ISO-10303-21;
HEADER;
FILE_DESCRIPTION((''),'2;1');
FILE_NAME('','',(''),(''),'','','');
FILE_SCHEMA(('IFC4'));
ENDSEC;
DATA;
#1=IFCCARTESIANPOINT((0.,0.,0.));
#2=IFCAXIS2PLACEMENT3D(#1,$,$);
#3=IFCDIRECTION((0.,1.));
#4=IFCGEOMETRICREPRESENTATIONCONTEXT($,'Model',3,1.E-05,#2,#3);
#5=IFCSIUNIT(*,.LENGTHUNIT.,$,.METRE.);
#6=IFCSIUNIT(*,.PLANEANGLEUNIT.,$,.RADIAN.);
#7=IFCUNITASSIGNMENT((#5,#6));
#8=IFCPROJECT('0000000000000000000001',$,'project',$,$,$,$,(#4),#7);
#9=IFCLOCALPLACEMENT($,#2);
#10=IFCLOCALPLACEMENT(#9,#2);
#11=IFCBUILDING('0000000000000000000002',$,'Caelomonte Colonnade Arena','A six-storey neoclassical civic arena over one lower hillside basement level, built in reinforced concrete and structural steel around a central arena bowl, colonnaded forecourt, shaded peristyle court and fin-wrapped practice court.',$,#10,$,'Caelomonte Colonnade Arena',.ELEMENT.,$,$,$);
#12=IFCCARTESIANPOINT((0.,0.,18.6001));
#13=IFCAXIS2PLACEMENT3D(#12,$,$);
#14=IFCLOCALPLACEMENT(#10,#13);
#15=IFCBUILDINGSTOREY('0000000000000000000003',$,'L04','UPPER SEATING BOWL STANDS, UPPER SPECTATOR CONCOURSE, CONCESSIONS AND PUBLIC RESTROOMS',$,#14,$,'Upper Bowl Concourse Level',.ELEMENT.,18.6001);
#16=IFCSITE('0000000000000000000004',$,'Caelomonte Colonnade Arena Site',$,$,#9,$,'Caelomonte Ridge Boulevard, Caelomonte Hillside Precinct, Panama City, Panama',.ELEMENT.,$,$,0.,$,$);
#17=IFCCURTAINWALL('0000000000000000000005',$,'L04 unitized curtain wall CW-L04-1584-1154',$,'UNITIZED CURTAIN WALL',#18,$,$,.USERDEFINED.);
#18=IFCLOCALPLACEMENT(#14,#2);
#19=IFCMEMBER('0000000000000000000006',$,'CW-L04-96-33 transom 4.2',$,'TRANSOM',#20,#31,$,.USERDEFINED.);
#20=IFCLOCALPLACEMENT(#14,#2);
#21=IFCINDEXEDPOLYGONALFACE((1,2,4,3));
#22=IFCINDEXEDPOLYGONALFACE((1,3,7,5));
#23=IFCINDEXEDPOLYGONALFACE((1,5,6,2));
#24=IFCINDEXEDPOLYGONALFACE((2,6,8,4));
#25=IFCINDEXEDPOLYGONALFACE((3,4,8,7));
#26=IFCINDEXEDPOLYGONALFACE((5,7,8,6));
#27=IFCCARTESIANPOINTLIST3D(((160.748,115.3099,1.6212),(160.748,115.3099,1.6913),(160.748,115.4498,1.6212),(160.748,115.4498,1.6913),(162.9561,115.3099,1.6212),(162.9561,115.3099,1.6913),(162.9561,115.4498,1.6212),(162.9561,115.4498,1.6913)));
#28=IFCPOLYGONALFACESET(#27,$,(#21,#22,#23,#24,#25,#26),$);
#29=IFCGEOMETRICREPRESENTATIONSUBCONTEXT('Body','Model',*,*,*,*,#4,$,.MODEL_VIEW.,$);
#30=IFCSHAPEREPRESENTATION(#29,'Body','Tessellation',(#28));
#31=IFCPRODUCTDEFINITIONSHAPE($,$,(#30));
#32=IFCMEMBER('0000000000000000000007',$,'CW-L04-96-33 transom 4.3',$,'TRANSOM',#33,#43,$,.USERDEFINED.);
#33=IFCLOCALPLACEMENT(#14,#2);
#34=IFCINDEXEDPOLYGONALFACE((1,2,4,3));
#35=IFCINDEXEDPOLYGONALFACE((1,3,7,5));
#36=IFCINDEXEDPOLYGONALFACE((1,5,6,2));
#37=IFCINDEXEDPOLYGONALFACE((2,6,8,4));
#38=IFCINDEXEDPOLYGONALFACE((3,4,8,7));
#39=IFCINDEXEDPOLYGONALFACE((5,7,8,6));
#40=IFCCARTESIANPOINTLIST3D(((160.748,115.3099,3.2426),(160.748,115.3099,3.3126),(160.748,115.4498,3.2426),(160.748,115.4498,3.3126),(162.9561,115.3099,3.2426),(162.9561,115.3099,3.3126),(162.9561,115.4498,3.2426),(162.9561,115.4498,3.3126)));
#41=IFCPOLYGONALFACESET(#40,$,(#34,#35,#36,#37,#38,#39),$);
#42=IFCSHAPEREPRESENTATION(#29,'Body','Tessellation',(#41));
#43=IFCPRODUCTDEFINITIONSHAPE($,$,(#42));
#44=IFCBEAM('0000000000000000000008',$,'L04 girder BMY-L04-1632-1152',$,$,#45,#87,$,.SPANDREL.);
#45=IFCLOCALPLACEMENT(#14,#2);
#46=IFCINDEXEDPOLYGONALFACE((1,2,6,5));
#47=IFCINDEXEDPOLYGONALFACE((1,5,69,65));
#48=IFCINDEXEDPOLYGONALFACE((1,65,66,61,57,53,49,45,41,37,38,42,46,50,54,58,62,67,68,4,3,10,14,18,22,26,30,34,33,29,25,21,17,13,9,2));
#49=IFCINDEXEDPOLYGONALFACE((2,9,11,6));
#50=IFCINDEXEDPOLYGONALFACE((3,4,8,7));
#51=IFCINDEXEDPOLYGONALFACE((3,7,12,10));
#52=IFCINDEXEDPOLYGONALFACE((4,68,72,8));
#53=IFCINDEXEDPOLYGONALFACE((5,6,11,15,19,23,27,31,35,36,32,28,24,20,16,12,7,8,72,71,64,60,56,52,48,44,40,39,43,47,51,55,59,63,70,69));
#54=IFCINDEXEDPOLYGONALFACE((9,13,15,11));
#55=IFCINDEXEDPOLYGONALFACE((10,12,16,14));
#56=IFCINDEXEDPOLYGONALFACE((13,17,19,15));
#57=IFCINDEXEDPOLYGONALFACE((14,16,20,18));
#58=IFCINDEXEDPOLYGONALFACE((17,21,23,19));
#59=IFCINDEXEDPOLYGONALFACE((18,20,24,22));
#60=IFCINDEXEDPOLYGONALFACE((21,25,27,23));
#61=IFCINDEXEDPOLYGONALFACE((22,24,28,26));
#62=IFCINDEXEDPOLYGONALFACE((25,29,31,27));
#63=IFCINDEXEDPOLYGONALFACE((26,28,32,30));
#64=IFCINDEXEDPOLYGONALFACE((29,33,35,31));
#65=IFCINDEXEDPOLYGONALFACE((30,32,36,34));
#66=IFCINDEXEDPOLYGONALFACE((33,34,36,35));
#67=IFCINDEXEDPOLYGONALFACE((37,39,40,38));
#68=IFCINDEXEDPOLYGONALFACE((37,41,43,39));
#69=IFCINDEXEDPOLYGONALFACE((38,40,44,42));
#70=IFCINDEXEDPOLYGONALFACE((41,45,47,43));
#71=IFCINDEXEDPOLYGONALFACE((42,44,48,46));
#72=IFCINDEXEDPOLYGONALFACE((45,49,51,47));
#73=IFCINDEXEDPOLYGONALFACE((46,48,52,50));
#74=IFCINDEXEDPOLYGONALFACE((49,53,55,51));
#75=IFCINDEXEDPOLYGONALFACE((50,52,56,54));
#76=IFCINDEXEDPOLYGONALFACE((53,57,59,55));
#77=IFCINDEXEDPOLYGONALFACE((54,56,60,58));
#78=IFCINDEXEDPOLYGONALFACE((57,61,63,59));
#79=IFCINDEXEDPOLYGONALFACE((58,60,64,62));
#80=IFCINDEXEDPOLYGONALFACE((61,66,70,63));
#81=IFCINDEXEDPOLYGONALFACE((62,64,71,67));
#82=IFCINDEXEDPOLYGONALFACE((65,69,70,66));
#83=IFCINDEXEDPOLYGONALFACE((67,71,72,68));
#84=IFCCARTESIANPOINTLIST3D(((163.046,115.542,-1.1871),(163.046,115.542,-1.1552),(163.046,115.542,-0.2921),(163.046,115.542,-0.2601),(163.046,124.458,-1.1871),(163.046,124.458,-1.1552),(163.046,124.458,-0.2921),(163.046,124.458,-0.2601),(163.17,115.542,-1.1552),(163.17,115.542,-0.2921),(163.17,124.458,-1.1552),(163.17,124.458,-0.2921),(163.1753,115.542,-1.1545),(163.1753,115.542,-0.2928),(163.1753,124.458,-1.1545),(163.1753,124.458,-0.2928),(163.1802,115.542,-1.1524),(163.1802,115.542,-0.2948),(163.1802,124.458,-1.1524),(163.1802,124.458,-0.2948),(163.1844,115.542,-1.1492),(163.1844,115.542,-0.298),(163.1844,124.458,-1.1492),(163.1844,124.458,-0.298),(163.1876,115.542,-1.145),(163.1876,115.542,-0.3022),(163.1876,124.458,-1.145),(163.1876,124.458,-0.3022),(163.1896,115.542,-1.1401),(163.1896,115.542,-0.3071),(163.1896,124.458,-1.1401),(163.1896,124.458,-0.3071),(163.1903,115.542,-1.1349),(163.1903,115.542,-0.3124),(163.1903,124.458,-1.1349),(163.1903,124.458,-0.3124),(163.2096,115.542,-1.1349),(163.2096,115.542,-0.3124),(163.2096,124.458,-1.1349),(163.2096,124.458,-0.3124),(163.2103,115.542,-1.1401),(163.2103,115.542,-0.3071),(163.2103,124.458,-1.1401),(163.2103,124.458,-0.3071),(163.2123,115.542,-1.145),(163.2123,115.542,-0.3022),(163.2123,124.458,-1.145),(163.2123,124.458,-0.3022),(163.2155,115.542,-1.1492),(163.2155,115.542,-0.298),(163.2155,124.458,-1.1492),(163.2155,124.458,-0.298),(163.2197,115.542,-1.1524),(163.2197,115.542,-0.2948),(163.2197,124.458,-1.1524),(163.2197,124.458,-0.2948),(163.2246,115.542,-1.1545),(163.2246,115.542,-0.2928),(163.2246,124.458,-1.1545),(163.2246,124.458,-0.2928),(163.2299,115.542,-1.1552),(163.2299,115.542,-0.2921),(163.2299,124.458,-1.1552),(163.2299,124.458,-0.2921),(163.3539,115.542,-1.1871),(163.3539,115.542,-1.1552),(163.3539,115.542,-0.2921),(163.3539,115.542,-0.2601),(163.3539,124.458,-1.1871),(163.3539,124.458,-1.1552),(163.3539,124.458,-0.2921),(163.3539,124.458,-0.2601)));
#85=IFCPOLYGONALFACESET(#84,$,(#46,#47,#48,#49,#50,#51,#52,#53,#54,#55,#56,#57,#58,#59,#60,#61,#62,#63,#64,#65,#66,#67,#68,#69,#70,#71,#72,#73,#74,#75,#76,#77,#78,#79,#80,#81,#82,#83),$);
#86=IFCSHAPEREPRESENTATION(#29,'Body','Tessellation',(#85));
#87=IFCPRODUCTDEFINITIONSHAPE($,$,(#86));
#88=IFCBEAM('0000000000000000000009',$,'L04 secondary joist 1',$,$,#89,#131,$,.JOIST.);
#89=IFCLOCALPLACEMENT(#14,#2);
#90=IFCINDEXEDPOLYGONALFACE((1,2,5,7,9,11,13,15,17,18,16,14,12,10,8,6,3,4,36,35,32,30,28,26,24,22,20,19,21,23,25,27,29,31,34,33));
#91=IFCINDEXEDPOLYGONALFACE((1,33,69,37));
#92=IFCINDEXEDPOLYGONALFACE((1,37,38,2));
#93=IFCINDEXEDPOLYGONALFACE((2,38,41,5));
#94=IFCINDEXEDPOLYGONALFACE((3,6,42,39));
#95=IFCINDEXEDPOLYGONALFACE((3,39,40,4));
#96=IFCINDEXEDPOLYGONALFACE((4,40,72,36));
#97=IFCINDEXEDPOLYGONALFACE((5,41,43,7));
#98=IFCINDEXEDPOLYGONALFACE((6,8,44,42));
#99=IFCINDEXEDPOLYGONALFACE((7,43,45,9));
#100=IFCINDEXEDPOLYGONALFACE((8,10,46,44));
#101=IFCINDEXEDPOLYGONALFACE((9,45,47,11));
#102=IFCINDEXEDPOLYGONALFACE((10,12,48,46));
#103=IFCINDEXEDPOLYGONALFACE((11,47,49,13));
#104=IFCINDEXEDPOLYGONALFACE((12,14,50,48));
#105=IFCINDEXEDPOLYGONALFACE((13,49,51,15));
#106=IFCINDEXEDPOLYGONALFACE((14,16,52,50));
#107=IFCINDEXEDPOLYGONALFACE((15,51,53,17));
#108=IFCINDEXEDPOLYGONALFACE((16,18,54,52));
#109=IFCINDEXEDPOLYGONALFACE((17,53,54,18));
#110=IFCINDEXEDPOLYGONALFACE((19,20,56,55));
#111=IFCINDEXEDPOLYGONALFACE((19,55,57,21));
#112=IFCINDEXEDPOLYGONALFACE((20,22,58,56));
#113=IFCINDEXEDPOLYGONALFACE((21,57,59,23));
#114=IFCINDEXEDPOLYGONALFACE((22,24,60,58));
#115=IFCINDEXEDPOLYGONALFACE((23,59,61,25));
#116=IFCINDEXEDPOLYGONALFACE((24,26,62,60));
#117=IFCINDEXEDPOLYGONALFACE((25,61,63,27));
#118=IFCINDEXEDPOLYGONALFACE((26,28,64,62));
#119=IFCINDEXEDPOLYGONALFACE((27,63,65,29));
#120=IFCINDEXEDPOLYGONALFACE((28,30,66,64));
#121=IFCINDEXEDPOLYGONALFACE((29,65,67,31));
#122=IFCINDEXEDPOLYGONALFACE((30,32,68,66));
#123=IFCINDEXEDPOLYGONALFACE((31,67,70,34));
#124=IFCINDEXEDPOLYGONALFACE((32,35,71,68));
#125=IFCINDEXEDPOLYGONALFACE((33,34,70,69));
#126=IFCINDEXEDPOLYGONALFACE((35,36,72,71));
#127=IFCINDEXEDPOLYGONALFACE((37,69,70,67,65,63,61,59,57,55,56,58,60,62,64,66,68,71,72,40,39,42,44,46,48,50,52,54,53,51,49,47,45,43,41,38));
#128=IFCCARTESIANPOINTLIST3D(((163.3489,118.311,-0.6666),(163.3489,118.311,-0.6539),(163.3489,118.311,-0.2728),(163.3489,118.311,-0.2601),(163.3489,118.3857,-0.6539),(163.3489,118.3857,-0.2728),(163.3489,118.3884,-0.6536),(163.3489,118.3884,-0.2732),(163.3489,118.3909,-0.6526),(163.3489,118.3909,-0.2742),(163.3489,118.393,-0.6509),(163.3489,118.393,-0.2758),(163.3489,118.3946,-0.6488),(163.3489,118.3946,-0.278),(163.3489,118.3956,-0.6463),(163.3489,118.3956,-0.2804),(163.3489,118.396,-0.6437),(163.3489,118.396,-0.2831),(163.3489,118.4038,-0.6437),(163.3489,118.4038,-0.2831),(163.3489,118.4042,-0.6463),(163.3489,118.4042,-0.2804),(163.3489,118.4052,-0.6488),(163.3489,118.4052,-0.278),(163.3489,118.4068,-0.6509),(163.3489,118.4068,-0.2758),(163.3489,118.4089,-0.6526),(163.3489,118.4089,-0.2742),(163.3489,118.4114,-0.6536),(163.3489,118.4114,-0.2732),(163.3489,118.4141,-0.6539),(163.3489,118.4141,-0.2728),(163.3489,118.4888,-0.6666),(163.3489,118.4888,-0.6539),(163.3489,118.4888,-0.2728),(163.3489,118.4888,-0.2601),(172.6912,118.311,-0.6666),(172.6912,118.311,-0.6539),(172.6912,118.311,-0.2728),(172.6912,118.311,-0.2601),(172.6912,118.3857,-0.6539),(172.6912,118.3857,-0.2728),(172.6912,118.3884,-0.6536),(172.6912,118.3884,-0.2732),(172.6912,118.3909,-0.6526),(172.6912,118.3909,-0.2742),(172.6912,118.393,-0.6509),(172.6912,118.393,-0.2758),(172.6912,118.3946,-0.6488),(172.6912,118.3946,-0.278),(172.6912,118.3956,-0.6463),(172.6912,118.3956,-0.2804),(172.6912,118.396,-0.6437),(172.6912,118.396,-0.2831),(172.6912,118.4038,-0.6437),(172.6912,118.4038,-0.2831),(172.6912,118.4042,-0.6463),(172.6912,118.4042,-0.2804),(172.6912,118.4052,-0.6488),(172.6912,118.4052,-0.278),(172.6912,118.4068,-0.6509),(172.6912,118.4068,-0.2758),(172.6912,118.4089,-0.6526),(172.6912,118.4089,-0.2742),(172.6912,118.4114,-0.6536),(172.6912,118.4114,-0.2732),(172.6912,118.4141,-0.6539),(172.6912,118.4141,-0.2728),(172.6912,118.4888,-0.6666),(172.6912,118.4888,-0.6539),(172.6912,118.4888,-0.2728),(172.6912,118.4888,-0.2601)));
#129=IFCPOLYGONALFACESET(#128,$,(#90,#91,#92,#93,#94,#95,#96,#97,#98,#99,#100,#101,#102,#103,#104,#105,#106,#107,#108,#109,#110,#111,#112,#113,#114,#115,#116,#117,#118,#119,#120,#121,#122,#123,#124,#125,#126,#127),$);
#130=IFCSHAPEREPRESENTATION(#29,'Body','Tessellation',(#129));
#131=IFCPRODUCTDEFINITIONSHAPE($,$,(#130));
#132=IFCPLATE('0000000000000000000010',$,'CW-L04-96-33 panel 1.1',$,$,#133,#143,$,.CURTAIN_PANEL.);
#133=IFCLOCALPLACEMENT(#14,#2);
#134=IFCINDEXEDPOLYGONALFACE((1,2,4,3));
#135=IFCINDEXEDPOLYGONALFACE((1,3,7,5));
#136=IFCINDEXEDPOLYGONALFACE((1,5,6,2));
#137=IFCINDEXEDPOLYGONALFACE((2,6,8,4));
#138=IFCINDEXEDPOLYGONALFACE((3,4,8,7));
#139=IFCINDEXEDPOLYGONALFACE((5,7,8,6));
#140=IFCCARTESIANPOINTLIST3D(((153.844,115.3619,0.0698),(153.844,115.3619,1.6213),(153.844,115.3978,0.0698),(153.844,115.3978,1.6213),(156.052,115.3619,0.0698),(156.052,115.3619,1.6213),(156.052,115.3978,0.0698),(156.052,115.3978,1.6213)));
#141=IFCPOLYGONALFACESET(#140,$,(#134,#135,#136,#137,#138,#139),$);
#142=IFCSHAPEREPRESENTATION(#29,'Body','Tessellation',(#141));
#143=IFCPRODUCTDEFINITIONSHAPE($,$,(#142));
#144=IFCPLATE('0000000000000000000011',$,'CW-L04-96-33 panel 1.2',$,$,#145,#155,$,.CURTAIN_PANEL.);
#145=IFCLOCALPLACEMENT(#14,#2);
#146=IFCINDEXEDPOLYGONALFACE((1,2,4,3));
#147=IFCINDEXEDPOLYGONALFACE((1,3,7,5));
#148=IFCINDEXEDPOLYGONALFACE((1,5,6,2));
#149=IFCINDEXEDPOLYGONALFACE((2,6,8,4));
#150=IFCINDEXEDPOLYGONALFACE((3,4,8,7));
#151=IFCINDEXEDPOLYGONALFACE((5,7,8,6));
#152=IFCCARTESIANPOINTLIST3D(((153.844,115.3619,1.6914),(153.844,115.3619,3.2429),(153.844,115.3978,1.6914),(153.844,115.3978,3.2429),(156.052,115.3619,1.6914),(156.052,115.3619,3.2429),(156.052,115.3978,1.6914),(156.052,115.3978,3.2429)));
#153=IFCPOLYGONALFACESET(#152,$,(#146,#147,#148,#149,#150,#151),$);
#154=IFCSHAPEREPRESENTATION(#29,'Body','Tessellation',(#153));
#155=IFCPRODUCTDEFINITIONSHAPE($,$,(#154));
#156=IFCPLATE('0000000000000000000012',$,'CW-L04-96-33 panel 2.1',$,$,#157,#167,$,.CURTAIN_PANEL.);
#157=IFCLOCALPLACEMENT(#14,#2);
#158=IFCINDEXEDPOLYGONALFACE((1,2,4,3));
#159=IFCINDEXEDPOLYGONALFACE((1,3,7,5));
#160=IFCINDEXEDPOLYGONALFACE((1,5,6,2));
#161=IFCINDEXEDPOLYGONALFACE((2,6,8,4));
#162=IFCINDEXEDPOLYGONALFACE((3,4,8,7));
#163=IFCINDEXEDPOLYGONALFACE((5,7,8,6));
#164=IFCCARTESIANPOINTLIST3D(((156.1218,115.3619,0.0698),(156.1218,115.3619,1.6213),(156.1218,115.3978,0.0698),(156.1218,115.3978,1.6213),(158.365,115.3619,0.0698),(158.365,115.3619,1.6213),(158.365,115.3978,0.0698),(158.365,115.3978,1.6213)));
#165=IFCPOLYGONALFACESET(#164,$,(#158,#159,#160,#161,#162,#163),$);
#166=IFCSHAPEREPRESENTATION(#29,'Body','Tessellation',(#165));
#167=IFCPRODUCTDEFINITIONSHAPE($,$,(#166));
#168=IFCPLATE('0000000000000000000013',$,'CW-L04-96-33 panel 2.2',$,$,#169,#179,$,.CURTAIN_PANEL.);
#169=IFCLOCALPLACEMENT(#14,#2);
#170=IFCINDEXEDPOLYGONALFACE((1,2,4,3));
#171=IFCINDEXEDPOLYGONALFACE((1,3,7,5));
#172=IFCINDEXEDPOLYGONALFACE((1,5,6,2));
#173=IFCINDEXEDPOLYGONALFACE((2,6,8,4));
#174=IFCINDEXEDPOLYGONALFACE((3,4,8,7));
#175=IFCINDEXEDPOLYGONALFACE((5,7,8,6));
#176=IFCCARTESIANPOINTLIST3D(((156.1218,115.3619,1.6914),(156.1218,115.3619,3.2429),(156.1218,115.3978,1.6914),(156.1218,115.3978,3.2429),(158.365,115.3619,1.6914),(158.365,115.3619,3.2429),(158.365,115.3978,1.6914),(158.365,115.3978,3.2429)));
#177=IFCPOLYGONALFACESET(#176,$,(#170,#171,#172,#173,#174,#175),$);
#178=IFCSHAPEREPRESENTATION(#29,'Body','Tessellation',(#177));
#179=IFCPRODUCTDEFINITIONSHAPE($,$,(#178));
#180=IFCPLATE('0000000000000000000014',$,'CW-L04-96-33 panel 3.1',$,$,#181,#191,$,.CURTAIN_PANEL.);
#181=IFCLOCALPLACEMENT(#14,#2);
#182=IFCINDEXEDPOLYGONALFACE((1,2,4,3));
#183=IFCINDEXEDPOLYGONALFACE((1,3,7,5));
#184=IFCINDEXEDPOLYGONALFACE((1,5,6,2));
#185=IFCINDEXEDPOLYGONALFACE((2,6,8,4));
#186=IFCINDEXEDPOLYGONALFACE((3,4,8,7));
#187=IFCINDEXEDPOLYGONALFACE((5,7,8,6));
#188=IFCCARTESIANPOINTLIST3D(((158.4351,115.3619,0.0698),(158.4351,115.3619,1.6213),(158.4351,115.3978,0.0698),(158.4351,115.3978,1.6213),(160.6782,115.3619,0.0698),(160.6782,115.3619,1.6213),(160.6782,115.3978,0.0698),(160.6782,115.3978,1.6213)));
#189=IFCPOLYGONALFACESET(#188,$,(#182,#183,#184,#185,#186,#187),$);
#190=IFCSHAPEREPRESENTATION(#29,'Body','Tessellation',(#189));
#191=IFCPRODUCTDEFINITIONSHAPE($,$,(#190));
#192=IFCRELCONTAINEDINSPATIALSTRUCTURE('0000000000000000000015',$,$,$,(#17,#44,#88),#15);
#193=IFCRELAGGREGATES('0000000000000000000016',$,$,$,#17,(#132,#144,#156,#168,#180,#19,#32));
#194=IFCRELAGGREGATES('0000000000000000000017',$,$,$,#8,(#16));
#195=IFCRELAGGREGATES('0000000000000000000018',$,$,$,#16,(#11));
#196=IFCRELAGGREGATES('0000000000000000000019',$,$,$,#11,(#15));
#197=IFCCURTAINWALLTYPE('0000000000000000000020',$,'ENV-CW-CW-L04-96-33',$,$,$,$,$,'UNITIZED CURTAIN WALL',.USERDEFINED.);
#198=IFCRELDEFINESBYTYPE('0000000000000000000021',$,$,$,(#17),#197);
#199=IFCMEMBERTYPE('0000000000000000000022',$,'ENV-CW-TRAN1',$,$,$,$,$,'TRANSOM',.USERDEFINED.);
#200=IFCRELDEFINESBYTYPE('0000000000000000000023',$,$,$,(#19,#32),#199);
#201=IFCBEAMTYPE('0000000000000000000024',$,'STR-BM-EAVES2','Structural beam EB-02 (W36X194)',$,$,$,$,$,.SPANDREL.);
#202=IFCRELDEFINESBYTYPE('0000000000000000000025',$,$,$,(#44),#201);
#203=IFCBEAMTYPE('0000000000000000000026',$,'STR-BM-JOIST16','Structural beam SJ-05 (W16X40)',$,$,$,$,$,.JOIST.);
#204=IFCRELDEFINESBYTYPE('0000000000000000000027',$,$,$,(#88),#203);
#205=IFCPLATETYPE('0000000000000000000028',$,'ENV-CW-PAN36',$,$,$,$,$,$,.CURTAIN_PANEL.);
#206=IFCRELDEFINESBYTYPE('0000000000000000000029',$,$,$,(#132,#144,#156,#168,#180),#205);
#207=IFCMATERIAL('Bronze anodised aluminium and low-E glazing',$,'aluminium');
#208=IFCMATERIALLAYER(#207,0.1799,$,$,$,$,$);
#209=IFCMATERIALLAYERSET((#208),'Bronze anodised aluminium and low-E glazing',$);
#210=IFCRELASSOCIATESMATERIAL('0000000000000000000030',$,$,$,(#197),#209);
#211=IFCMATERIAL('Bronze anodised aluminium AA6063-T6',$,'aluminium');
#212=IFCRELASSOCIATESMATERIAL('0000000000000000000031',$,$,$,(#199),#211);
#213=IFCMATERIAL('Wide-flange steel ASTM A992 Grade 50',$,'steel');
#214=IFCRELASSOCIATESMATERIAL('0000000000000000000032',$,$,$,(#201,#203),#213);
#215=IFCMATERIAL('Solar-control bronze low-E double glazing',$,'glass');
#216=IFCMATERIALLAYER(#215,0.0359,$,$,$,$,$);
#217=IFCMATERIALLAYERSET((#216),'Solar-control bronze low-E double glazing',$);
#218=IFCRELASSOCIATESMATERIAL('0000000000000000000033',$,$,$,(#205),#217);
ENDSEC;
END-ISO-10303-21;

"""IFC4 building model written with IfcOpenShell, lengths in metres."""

from ifc_helpers import new_model, si_unit, direction, frame, origin, origin_2d, place, context, subcontext, project, spatial, rectangle, i_section, extrude, material, layer, layer_set, material_profile, profile_set, type_object, element, aggregate, save


model = new_model("IFC4")

# Units and contexts
model_context = context("Model", 3, precision=1e-05, world=origin(), true_north=direction((0.0, 1.0)))
body_context = subcontext(model_context, "Body", "Model", "MODEL_VIEW")
ifc_project = project(units=[si_unit("LENGTHUNIT", "METRE"), si_unit("PLANEANGLEUNIT", "RADIAN")], contexts=[model_context])

# Site, building, storey
site_placement = place(None, origin())
site = spatial("IfcSite", under=ifc_project, at=site_placement, Name="Caelomonte Colonnade Arena Site", LongName="Caelomonte Ridge Boulevard, Caelomonte Hillside Precinct, Panama City, Panama", CompositionType="ELEMENT", RefElevation=0.0)
building_placement = place(site_placement, origin())
building = spatial("IfcBuilding", under=site, at=building_placement, Name="Caelomonte Colonnade Arena", Description="A six-storey neoclassical civic arena over one lower hillside basement level, built in reinforced concrete and structural steel around a central arena bowl, colonnaded forecourt, shaded peristyle court and fin-wrapped practice court.", LongName="Caelomonte Colonnade Arena", CompositionType="ELEMENT")
storey_placement = place(building_placement, frame((0.0, 0.0, 18.6001)))
storey = spatial("IfcBuildingStorey", under=building, at=storey_placement, Name="L04", Description="UPPER SEATING BOWL STANDS, UPPER SPECTATOR CONCOURSE, CONCESSIONS AND PUBLIC RESTROOMS", LongName="Upper Bowl Concourse Level", CompositionType="ELEMENT", Elevation=18.6001)

# Curtain wall, members
ifc_material_1 = material(Name="Bronze anodised aluminium and low-E glazing", Category="aluminium")
ifc_layer_1 = layer(ifc_material_1, 0.1799)
ifc_layer_set_1 = layer_set([ifc_layer_1], Name="Bronze anodised aluminium and low-E glazing")
curtain_wall_type = type_object("IfcCurtainWallType", Name="ENV-CW-CW-L04-96-33", ElementType="UNITIZED CURTAIN WALL", PredefinedType="USERDEFINED", material=ifc_layer_set_1)
curtain_wall_placement = place(storey_placement, origin())
curtain_wall = element("IfcCurtainWall", 1, at=curtain_wall_placement, inside=storey, type_object=curtain_wall_type, Name="L04 unitized curtain wall CW-L04-1584-1154", ObjectType="UNITIZED CURTAIN WALL", PredefinedType="USERDEFINED")
ifc_material_2 = material(Name="Bronze anodised aluminium AA6063-T6", Category="aluminium")
ifc_material_profile_1 = material_profile(ifc_material_2, rectangle(XDim=0.0701, YDim=0.1399, at=origin_2d()), Name="CWT-70X140")
ifc_profile_set_1 = profile_set([ifc_material_profile_1], Name="Bronze anodised aluminium AA6063-T6")
member_type_1 = type_object("IfcMemberType", Name="ENV-CW-TRAN1", ElementType="TRANSOM", PredefinedType="USERDEFINED", material=ifc_profile_set_1)
member_1_placement = place(storey_placement, frame((160.748, 115.3799, 1.6562), z_axis=(1.0, 0.0, 0.0), x_axis=(0.0, 0.0, 1.0)))
member_1 = element("IfcMember", 2, at=member_1_placement, type_object=member_type_1, Name="CW-L04-96-33 transom 4.2", ObjectType="TRANSOM", PredefinedType="USERDEFINED", context=body_context, shape_type="SweptSolid", body=[
    extrude(rectangle(XDim=0.0701, YDim=0.1399, at=origin_2d()), origin(), (0.0, 0.0, 1.0), 2.208),
])
member_2_placement = place(storey_placement, frame((160.748, 115.3799, 3.2776), z_axis=(1.0, 0.0, 0.0), x_axis=(0.0, 0.0, 1.0)))
member_2 = element("IfcMember", 3, at=member_2_placement, type_object=member_type_1, Name="CW-L04-96-33 transom 4.3", ObjectType="TRANSOM", PredefinedType="USERDEFINED", context=body_context, shape_type="SweptSolid", body=[
    extrude(rectangle(XDim=0.0701, YDim=0.1399, at=origin_2d()), origin(), (0.0, 0.0, 1.0), 2.208),
])

# Beams
ifc_material_3 = material(Name="Wide-flange steel ASTM A992 Grade 50", Category="steel")
ifc_material_profile_2 = material_profile(ifc_material_3, i_section(OverallWidth=0.3079, OverallDepth=0.927, WebThickness=0.0193, FlangeThickness=0.032, FilletRadius=0.0203, at=origin_2d()), Name="W36X194")
ifc_profile_set_2 = profile_set([ifc_material_profile_2], Name="Wide-flange steel ASTM A992 Grade 50")
beam_type_1 = type_object("IfcBeamType", Name="STR-BM-EAVES2", Description="Structural beam EB-02 (W36X194)", PredefinedType="SPANDREL", material=ifc_profile_set_2)
beam_1_placement = place(storey_placement, frame((163.2, 115.542, -0.7236), z_axis=(0.0, 1.0, 0.0), x_axis=(-1.0, 0.0, 0.0)))
element("IfcBeam", 4, at=beam_1_placement, inside=storey, type_object=beam_type_1, Name="L04 girder BMY-L04-1632-1152", PredefinedType="SPANDREL", context=body_context, shape_type="SweptSolid", body=[
    extrude(i_section(OverallWidth=0.3079, OverallDepth=0.927, WebThickness=0.0193, FlangeThickness=0.032, FilletRadius=0.0203, at=origin_2d()), origin(), (0.0, 0.0, 1.0), 8.916),
])
ifc_material_profile_3 = material_profile(ifc_material_3, i_section(OverallWidth=0.1777, OverallDepth=0.4065, WebThickness=0.0078, FlangeThickness=0.0127, FilletRadius=0.0103, at=origin_2d()), Name="W16X40")
ifc_profile_set_3 = profile_set([ifc_material_profile_3], Name="Wide-flange steel ASTM A992 Grade 50")
beam_type_2 = type_object("IfcBeamType", Name="STR-BM-JOIST16", Description="Structural beam SJ-05 (W16X40)", PredefinedType="JOIST", material=ifc_profile_set_3)
beam_2_placement = place(storey_placement, frame((163.3489, 118.3999, -0.4634), z_axis=(1.0, 0.0, 0.0), x_axis=(0.0, 1.0, 0.0)))
element("IfcBeam", 5, at=beam_2_placement, inside=storey, type_object=beam_type_2, Name="L04 secondary joist 1", PredefinedType="JOIST", context=body_context, shape_type="SweptSolid", body=[
    extrude(i_section(OverallWidth=0.1777, OverallDepth=0.4065, WebThickness=0.0078, FlangeThickness=0.0127, FilletRadius=0.0103, at=origin_2d()), origin(), (0.0, 0.0, 1.0), 9.3423),
])

# Plates
ifc_material_4 = material(Name="Solar-control bronze low-E double glazing", Category="glass")
ifc_layer_2 = layer(ifc_material_4, 0.0359)
ifc_layer_set_2 = layer_set([ifc_layer_2], Name="Solar-control bronze low-E double glazing")
plate_type = type_object("IfcPlateType", Name="ENV-CW-PAN36", PredefinedType="CURTAIN_PANEL", material=ifc_layer_set_2)
plate_1_placement = place(storey_placement, frame((154.948, 115.3799, 0.0698), z_axis=(0.0, 0.0, 1.0), x_axis=(1.0, 0.0, 0.0)))
plate_1 = element("IfcPlate", 6, at=plate_1_placement, type_object=plate_type, Name="CW-L04-96-33 panel 1.1", PredefinedType="CURTAIN_PANEL", context=body_context, shape_type="SweptSolid", body=[
    extrude(rectangle(XDim=2.208, YDim=0.0359, at=origin_2d()), origin(), (0.0, 0.0, 1.0), 1.5515),
])
plate_2_placement = place(storey_placement, frame((154.948, 115.3799, 1.6914), z_axis=(0.0, 0.0, 1.0), x_axis=(1.0, 0.0, 0.0)))
plate_2 = element("IfcPlate", 7, at=plate_2_placement, type_object=plate_type, Name="CW-L04-96-33 panel 1.2", PredefinedType="CURTAIN_PANEL", context=body_context, shape_type="SweptSolid", body=[
    extrude(rectangle(XDim=2.208, YDim=0.0359, at=origin_2d()), origin(), (0.0, 0.0, 1.0), 1.5515),
])
plate_3_placement = place(storey_placement, frame((157.2434, 115.3799, 0.0698), z_axis=(0.0, 0.0, 1.0), x_axis=(1.0, 0.0, 0.0)))
plate_3 = element("IfcPlate", 8, at=plate_3_placement, type_object=plate_type, Name="CW-L04-96-33 panel 2.1", PredefinedType="CURTAIN_PANEL", context=body_context, shape_type="SweptSolid", body=[
    extrude(rectangle(XDim=2.2432, YDim=0.0359, at=origin_2d()), origin(), (0.0, 0.0, 1.0), 1.5515),
])
plate_4_placement = place(storey_placement, frame((157.2434, 115.3799, 1.6914), z_axis=(0.0, 0.0, 1.0), x_axis=(1.0, 0.0, 0.0)))
plate_4 = element("IfcPlate", 9, at=plate_4_placement, type_object=plate_type, Name="CW-L04-96-33 panel 2.2", PredefinedType="CURTAIN_PANEL", context=body_context, shape_type="SweptSolid", body=[
    extrude(rectangle(XDim=2.2432, YDim=0.0359, at=origin_2d()), origin(), (0.0, 0.0, 1.0), 1.5515),
])
plate_5_placement = place(storey_placement, frame((159.5566, 115.3799, 0.0698), z_axis=(0.0, 0.0, 1.0), x_axis=(1.0, 0.0, 0.0)))
plate_5 = element("IfcPlate", 10, at=plate_5_placement, type_object=plate_type, Name="CW-L04-96-33 panel 3.1", PredefinedType="CURTAIN_PANEL", context=body_context, shape_type="SweptSolid", body=[
    extrude(rectangle(XDim=2.2432, YDim=0.0359, at=origin_2d()), origin(), (0.0, 0.0, 1.0), 1.5515),
])
aggregate(curtain_wall, [plate_1, plate_2, plate_3, plate_4, plate_5, member_1, member_2])

save(model, "model.ifc")
